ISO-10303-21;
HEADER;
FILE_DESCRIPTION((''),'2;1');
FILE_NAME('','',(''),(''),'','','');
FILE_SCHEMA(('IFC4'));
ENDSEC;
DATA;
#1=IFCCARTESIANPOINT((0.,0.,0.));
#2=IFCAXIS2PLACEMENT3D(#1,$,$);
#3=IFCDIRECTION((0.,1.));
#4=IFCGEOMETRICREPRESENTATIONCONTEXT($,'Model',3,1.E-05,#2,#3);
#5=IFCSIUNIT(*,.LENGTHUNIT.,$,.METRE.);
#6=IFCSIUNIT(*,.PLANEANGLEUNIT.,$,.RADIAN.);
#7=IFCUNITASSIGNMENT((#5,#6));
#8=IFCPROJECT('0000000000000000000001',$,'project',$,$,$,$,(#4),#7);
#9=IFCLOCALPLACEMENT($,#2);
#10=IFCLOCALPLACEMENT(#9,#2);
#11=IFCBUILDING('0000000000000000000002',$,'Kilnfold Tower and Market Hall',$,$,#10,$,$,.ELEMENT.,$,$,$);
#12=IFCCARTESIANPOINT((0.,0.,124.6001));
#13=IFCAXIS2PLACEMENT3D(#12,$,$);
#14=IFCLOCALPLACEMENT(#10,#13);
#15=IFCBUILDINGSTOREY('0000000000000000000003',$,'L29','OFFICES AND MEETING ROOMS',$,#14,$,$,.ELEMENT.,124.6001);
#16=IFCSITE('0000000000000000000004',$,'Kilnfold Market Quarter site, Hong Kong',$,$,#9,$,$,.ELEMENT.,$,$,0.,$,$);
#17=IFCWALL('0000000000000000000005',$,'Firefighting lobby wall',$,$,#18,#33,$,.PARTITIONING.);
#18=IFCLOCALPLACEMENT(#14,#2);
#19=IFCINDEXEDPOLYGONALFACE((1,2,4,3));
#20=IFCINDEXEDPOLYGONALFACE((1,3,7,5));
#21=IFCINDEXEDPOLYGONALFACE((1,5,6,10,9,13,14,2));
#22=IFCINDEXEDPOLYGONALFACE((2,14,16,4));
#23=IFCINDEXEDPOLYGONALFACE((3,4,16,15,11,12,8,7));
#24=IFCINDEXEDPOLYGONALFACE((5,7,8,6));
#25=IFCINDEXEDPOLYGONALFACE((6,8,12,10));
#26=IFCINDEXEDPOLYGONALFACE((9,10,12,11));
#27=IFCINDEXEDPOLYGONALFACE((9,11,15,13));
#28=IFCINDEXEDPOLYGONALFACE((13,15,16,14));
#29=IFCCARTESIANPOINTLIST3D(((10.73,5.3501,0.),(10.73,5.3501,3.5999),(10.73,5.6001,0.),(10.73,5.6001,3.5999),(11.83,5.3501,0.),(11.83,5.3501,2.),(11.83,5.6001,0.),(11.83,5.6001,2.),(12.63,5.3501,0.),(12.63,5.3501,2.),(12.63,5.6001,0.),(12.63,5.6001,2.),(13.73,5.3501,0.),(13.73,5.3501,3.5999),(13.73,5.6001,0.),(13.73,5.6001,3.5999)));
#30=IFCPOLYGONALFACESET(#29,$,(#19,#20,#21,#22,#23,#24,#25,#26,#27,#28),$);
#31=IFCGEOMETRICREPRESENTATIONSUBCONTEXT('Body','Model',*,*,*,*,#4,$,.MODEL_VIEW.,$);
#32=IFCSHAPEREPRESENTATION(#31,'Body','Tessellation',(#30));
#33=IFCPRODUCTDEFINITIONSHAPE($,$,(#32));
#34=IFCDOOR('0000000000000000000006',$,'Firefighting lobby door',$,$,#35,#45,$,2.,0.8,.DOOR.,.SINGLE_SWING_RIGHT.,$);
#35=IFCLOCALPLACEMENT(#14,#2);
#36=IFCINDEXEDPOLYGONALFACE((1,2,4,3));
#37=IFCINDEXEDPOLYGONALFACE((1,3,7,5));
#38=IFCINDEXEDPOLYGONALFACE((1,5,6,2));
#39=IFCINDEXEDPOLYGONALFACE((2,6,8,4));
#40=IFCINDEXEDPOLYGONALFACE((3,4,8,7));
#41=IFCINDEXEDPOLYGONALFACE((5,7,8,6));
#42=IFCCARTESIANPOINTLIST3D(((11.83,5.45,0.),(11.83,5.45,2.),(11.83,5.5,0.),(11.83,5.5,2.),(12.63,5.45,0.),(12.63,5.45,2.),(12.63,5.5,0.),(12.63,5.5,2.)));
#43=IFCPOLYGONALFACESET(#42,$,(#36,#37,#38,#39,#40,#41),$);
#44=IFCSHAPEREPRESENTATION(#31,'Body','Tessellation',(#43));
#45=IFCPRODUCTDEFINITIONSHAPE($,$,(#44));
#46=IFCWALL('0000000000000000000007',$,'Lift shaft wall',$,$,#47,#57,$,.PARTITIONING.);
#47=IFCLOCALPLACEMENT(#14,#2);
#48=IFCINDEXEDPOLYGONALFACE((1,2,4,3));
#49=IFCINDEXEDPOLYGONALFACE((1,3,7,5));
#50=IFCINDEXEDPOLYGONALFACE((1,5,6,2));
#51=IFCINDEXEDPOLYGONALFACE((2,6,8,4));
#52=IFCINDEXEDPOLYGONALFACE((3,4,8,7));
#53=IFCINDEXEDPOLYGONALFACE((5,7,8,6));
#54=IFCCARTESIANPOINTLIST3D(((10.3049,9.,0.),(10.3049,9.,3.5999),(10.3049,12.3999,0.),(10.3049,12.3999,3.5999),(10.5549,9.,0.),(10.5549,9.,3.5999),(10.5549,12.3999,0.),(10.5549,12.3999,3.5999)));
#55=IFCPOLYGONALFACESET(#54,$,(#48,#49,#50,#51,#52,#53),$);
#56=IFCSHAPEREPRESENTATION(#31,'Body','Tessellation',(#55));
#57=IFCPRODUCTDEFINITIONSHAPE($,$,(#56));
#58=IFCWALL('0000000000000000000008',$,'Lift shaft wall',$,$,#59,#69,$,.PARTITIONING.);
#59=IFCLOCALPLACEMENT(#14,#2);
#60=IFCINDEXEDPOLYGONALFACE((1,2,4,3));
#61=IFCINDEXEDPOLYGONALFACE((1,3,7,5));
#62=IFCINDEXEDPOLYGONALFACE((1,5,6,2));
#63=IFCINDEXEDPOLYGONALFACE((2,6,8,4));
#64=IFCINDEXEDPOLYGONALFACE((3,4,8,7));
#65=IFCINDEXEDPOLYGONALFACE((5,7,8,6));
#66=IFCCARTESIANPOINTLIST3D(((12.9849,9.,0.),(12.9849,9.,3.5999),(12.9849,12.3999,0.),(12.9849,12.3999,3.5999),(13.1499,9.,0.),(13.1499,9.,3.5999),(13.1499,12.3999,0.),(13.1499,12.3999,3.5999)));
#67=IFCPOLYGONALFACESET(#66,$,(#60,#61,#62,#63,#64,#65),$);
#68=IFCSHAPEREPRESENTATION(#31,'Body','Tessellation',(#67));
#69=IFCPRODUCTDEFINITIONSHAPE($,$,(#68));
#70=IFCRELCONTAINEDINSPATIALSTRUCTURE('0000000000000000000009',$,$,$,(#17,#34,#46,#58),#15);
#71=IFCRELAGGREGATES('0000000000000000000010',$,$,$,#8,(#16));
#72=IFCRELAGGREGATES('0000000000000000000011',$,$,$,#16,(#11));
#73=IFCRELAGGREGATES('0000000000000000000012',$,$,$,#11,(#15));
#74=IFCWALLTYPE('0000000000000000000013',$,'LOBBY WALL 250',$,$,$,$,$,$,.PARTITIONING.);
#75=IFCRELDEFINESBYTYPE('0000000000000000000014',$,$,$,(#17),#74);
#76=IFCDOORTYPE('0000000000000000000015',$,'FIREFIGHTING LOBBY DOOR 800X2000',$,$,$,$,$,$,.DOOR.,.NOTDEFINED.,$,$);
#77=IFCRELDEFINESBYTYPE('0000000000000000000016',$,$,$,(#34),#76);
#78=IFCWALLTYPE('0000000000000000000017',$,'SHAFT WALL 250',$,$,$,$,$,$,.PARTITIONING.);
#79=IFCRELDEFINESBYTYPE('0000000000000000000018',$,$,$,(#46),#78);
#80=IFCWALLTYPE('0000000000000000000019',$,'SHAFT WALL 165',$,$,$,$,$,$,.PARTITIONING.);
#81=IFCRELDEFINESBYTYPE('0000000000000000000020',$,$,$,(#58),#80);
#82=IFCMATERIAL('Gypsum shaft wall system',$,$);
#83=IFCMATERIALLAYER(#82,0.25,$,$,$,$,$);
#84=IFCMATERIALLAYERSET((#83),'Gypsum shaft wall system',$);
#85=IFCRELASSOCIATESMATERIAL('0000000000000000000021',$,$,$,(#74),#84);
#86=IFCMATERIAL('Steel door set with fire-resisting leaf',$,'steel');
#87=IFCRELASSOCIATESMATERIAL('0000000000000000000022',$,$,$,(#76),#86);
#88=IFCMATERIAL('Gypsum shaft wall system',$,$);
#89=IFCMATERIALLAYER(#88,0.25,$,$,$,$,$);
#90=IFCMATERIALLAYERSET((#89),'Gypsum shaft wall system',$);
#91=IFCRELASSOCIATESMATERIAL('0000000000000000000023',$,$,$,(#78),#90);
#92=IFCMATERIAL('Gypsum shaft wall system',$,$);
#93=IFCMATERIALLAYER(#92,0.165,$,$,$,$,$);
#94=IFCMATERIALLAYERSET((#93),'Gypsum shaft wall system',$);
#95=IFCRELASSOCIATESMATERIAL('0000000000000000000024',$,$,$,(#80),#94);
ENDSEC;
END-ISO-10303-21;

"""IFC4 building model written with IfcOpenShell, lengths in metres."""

from ifc_helpers import new_model, si_unit, direction, frame, frame_2d, origin, place, context, subcontext, project, spatial, rectangle, extrude, source, transform, mapped, material, layer, layer_set, type_object, element, fill, save


model = new_model("IFC4")

# Units and contexts
model_context = context("Model", 3, precision=1e-05, world=origin(), true_north=direction((0.0, 1.0)))
body_context = subcontext(model_context, "Body", "Model", "MODEL_VIEW")
ifc_project = project(units=[si_unit("LENGTHUNIT", "METRE"), si_unit("PLANEANGLEUNIT", "RADIAN")], contexts=[model_context])

# Site, building, storey
site_placement = place(None, origin())
site = spatial("IfcSite", under=ifc_project, at=site_placement, Name="Kilnfold Market Quarter site, Hong Kong", CompositionType="ELEMENT", RefElevation=0.0)
building_placement = place(site_placement, origin())
building = spatial("IfcBuilding", under=site, at=building_placement, Name="Kilnfold Tower and Market Hall", CompositionType="ELEMENT")
storey_placement = place(building_placement, frame((0.0, 0.0, 124.6001)))
storey = spatial("IfcBuildingStorey", under=building, at=storey_placement, Name="L29", Description="OFFICES AND MEETING ROOMS", CompositionType="ELEMENT", Elevation=124.6001)

# Shared definitions
ifc_material_1 = material(Name="Gypsum shaft wall system")
ifc_layer_1 = layer(ifc_material_1, 0.25)
ifc_layer_set_1 = layer_set([ifc_layer_1], Name="Gypsum shaft wall system")
wall_type_1 = type_object("IfcWallType", Name="LOBBY WALL 250", PredefinedType="PARTITIONING", material=ifc_layer_set_1)

# Wall, opening, door
shared_shape_1 = source(origin(), body_context, "Body", "SweptSolid", [
    extrude(rectangle(XDim=3.0, YDim=0.25, at=frame_2d((1.5, 0.0))), origin(), (0.0, 0.0, 1.0), 3.5999),
])
wall_1_placement = place(storey_placement, frame((10.73, 5.4751, 0.0), z_axis=(0.0, 0.0, 1.0), x_axis=(1.0, 0.0, 0.0)))
wall_1 = element("IfcWall", 1, at=wall_1_placement, inside=storey, type_object=wall_type_1, Name="Firefighting lobby wall", PredefinedType="PARTITIONING", context=body_context, shape_type="MappedRepresentation", body=[
    mapped(shared_shape_1, transform((0.0, 0.0, 0.0))),
])
opening_1_placement = place(wall_1_placement, frame((1.1001, 0.0, 0.0)))
opening_1 = element("IfcOpeningElement", 2, at=opening_1_placement, cuts=wall_1, PredefinedType="OPENING", context=body_context, shape_type="SweptSolid", body=[
    extrude(rectangle(XDim=0.8, YDim=2.0, at=frame_2d((0.3999, 1.0))), frame((0.0, 0.135, 0.0), z_axis=(0.0, -1.0, 0.0), x_axis=(1.0, 0.0, 0.0)), (0.0, 0.0, 1.0), 0.27),
])
ifc_material_2 = material(Name="Steel door set with fire-resisting leaf", Category="steel")
door_type_1 = type_object("IfcDoorType", Name="FIREFIGHTING LOBBY DOOR 800X2000", OperationType="NOTDEFINED", PredefinedType="DOOR", material=ifc_material_2)
door_1_placement = place(opening_1_placement, origin())
door_1 = element("IfcDoor", 3, at=door_1_placement, inside=storey, type_object=door_type_1, Name="Firefighting lobby door", OperationType="SINGLE_SWING_RIGHT", OverallHeight=2.0, OverallWidth=0.8, PredefinedType="DOOR", context=body_context, shape_type="SweptSolid", body=[
    extrude(rectangle(XDim=0.8, YDim=2.0, at=frame_2d((0.3999, 1.0))), frame((0.0, 0.0249, 0.0), z_axis=(0.0, -1.0, 0.0), x_axis=(1.0, 0.0, 0.0)), (0.0, 0.0, 1.0), 0.05),
])
fill(opening_1, door_1)

# Walls
ifc_material_3 = material(Name="Gypsum shaft wall system")
ifc_layer_2 = layer(ifc_material_3, 0.25)
ifc_layer_set_2 = layer_set([ifc_layer_2], Name="Gypsum shaft wall system")
wall_type_2 = type_object("IfcWallType", Name="SHAFT WALL 250", PredefinedType="PARTITIONING", material=ifc_layer_set_2)
shared_shape_2 = source(origin(), body_context, "Body", "SweptSolid", [
    extrude(rectangle(XDim=3.3999, YDim=0.25, at=frame_2d((1.7, 0.0))), origin(), (0.0, 0.0, 1.0), 3.5999),
])
wall_2_placement = place(storey_placement, frame((10.4299, 9.0, 0.0), z_axis=(0.0, 0.0, 1.0), x_axis=(0.0, 1.0, 0.0)))
element("IfcWall", 4, at=wall_2_placement, inside=storey, type_object=wall_type_2, Name="Lift shaft wall", PredefinedType="PARTITIONING", context=body_context, shape_type="MappedRepresentation", body=[
    mapped(shared_shape_2, transform((0.0, 0.0, 0.0))),
])
ifc_material_4 = material(Name="Gypsum shaft wall system")
ifc_layer_3 = layer(ifc_material_4, 0.165)
ifc_layer_set_3 = layer_set([ifc_layer_3], Name="Gypsum shaft wall system")
wall_type_3 = type_object("IfcWallType", Name="SHAFT WALL 165", PredefinedType="PARTITIONING", material=ifc_layer_set_3)
shared_shape_3 = source(origin(), body_context, "Body", "SweptSolid", [
    extrude(rectangle(XDim=3.3999, YDim=0.165, at=frame_2d((1.7, 0.0))), origin(), (0.0, 0.0, 1.0), 3.5999),
])
wall_3_placement = place(storey_placement, frame((13.0674, 9.0, 0.0), z_axis=(0.0, 0.0, 1.0), x_axis=(0.0, 1.0, 0.0)))
element("IfcWall", 5, at=wall_3_placement, inside=storey, type_object=wall_type_3, Name="Lift shaft wall", PredefinedType="PARTITIONING", context=body_context, shape_type="MappedRepresentation", body=[
    mapped(shared_shape_3, transform((0.0, 0.0, 0.0))),
])

save(model, "model.ifc")
